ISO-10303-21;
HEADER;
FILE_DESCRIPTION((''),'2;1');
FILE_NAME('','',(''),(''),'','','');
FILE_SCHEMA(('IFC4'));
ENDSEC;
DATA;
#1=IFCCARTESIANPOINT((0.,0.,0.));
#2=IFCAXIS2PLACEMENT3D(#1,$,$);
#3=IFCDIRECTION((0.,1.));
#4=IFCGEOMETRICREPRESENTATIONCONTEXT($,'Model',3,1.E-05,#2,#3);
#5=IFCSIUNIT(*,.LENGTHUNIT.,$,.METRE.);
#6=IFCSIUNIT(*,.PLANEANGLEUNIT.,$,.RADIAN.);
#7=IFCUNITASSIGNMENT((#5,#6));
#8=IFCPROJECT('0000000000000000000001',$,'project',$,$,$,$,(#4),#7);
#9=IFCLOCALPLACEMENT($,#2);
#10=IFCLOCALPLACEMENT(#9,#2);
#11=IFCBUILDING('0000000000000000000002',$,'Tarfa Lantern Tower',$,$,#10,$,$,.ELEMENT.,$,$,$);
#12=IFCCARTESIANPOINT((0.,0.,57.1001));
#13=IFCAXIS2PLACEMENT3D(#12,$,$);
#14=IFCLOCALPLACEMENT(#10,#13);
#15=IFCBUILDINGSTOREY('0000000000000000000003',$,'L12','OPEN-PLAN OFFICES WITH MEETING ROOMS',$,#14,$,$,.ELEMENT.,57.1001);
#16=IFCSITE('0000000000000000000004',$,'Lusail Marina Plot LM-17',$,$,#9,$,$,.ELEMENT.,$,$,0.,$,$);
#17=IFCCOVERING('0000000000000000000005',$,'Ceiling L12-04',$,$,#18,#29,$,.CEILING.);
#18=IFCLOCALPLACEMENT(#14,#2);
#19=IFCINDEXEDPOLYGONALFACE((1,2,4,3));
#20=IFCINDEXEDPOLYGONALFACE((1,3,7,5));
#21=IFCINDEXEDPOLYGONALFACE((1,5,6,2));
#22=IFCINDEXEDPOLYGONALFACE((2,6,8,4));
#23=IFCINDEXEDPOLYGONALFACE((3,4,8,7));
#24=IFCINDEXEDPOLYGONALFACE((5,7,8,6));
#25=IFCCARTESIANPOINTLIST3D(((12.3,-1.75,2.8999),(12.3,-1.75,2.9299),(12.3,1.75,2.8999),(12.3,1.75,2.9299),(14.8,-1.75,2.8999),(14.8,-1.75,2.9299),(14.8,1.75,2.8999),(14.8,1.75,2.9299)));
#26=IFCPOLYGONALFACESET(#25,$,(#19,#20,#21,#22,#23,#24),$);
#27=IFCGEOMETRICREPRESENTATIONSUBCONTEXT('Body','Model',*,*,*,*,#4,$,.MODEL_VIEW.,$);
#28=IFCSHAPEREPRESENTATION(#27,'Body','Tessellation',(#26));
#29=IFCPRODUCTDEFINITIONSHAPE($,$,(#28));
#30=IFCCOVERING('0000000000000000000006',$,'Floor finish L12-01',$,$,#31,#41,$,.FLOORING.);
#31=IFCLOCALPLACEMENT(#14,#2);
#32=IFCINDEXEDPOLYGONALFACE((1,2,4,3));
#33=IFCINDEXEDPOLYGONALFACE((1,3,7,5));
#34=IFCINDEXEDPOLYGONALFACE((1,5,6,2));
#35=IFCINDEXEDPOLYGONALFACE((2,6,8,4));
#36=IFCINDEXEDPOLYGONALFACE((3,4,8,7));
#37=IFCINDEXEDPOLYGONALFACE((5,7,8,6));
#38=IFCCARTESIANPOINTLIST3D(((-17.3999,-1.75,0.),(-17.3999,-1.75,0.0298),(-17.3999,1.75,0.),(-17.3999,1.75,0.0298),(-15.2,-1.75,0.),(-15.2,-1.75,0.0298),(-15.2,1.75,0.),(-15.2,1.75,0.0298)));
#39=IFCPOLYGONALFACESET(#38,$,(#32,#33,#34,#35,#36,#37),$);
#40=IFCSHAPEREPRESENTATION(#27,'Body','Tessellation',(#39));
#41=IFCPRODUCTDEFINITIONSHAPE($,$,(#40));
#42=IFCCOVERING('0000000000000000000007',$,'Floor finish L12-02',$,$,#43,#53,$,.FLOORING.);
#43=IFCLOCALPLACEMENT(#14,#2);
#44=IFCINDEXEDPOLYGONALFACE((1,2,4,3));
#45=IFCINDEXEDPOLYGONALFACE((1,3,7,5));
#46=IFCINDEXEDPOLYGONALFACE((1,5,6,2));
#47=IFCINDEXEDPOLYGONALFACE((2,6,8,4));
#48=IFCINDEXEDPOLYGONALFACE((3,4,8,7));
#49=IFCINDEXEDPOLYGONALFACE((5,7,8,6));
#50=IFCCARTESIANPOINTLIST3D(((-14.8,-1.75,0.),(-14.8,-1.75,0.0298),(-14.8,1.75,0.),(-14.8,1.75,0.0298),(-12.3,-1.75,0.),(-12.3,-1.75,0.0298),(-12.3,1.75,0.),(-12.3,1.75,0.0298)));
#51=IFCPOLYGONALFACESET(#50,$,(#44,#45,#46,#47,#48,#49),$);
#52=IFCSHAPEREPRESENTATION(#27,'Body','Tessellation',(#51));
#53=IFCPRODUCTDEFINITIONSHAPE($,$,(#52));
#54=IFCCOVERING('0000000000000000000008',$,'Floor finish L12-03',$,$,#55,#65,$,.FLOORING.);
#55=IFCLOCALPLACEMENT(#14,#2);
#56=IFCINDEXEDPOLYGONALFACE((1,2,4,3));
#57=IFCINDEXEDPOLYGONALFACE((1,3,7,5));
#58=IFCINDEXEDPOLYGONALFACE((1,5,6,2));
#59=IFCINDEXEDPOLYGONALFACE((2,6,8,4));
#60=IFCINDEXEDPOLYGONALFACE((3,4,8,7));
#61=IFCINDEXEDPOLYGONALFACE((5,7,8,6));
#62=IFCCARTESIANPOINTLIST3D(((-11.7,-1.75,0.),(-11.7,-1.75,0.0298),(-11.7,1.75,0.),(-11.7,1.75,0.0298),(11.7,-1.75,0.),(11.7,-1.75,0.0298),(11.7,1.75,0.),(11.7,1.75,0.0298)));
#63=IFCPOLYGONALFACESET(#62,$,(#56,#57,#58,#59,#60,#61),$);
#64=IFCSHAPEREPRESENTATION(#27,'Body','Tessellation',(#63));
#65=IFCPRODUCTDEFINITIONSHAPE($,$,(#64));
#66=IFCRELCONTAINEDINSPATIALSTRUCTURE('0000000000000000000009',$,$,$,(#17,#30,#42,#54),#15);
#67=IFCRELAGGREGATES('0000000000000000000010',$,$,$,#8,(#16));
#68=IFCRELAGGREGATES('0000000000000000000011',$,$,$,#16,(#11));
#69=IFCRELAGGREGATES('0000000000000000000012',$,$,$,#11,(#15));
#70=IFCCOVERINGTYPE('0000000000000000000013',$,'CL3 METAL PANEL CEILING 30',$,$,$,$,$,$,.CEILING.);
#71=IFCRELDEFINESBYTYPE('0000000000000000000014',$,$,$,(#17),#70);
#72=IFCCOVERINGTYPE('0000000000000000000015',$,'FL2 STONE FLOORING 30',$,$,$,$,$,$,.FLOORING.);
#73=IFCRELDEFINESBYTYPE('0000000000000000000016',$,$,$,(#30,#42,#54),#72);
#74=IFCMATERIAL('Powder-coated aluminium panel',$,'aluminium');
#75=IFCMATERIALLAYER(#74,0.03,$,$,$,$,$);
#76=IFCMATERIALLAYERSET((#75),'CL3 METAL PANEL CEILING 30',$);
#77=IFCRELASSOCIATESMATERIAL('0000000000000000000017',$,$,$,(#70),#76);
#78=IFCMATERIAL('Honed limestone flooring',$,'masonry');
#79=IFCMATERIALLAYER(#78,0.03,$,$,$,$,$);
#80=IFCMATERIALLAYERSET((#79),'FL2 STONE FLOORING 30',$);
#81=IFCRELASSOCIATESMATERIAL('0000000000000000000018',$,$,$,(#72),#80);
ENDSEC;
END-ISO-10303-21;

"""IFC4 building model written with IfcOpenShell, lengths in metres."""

from ifc_helpers import new_model, si_unit, direction, frame, origin, place, context, subcontext, project, spatial, polyline, outline, extrude, material, layer, layer_set, type_object, element, save


model = new_model("IFC4")

# Units and contexts
model_context = context("Model", 3, precision=1e-05, world=origin(), true_north=direction((0.0, 1.0)))
body_context = subcontext(model_context, "Body", "Model", "MODEL_VIEW")
ifc_project = project(units=[si_unit("LENGTHUNIT", "METRE"), si_unit("PLANEANGLEUNIT", "RADIAN")], contexts=[model_context])

# Site, building, storey
site_placement = place(None, origin())
site = spatial("IfcSite", under=ifc_project, at=site_placement, Name="Lusail Marina Plot LM-17", CompositionType="ELEMENT", RefElevation=0.0)
building_placement = place(site_placement, origin())
building = spatial("IfcBuilding", under=site, at=building_placement, Name="Tarfa Lantern Tower", CompositionType="ELEMENT")
storey_placement = place(building_placement, frame((0.0, 0.0, 57.1001)))
storey = spatial("IfcBuildingStorey", under=building, at=storey_placement, Name="L12", Description="OPEN-PLAN OFFICES WITH MEETING ROOMS", CompositionType="ELEMENT", Elevation=57.1001)

# Coverings
ifc_material_1 = material(Name="Powder-coated aluminium panel", Category="aluminium")
ifc_layer_1 = layer(ifc_material_1, 0.03)
ifc_layer_set_1 = layer_set([ifc_layer_1], Name="CL3 METAL PANEL CEILING 30")
covering_type_1 = type_object("IfcCoveringType", Name="CL3 METAL PANEL CEILING 30", PredefinedType="CEILING", material=ifc_layer_set_1)
covering_1_placement = place(storey_placement, frame((0.0, 0.0, 2.8999)))
element("IfcCovering", 1, at=covering_1_placement, inside=storey, type_object=covering_type_1, Name="Ceiling L12-04", PredefinedType="CEILING", context=body_context, shape_type="SweptSolid", body=[
    extrude(outline(polyline([(12.3, -1.75), (14.8, -1.75), (14.8, 1.75), (12.3, 1.75), (12.3, -1.75)])), origin(), (0.0, 0.0, 1.0), 0.03),
])
ifc_material_2 = material(Name="Honed limestone flooring", Category="masonry")
ifc_layer_2 = layer(ifc_material_2, 0.03)
ifc_layer_set_2 = layer_set([ifc_layer_2], Name="FL2 STONE FLOORING 30")
covering_type_2 = type_object("IfcCoveringType", Name="FL2 STONE FLOORING 30", PredefinedType="FLOORING", material=ifc_layer_set_2)
covering_2_placement = place(storey_placement, origin())
element("IfcCovering", 2, at=covering_2_placement, inside=storey, type_object=covering_type_2, Name="Floor finish L12-01", PredefinedType="FLOORING", context=body_context, shape_type="SweptSolid", body=[
    extrude(outline(polyline([(-17.3999, -1.75), (-15.2, -1.75), (-15.2, 1.75), (-17.3999, 1.75), (-17.3999, -1.75)])), origin(), (0.0, 0.0, 1.0), 0.0298),
])
covering_3_placement = place(storey_placement, origin())
element("IfcCovering", 3, at=covering_3_placement, inside=storey, type_object=covering_type_2, Name="Floor finish L12-02", PredefinedType="FLOORING", context=body_context, shape_type="SweptSolid", body=[
    extrude(outline(polyline([(-14.8, -1.75), (-12.3, -1.75), (-12.3, 1.75), (-14.8, 1.75), (-14.8, -1.75)])), origin(), (0.0, 0.0, 1.0), 0.0298),
])
covering_4_placement = place(storey_placement, origin())
element("IfcCovering", 4, at=covering_4_placement, inside=storey, type_object=covering_type_2, Name="Floor finish L12-03", PredefinedType="FLOORING", context=body_context, shape_type="SweptSolid", body=[
    extrude(outline(polyline([(-11.7, -1.75), (11.7, -1.75), (11.7, 1.75), (-11.7, 1.75), (-11.7, -1.75)])), origin(), (0.0, 0.0, 1.0), 0.0298),
])

save(model, "model.ifc")
